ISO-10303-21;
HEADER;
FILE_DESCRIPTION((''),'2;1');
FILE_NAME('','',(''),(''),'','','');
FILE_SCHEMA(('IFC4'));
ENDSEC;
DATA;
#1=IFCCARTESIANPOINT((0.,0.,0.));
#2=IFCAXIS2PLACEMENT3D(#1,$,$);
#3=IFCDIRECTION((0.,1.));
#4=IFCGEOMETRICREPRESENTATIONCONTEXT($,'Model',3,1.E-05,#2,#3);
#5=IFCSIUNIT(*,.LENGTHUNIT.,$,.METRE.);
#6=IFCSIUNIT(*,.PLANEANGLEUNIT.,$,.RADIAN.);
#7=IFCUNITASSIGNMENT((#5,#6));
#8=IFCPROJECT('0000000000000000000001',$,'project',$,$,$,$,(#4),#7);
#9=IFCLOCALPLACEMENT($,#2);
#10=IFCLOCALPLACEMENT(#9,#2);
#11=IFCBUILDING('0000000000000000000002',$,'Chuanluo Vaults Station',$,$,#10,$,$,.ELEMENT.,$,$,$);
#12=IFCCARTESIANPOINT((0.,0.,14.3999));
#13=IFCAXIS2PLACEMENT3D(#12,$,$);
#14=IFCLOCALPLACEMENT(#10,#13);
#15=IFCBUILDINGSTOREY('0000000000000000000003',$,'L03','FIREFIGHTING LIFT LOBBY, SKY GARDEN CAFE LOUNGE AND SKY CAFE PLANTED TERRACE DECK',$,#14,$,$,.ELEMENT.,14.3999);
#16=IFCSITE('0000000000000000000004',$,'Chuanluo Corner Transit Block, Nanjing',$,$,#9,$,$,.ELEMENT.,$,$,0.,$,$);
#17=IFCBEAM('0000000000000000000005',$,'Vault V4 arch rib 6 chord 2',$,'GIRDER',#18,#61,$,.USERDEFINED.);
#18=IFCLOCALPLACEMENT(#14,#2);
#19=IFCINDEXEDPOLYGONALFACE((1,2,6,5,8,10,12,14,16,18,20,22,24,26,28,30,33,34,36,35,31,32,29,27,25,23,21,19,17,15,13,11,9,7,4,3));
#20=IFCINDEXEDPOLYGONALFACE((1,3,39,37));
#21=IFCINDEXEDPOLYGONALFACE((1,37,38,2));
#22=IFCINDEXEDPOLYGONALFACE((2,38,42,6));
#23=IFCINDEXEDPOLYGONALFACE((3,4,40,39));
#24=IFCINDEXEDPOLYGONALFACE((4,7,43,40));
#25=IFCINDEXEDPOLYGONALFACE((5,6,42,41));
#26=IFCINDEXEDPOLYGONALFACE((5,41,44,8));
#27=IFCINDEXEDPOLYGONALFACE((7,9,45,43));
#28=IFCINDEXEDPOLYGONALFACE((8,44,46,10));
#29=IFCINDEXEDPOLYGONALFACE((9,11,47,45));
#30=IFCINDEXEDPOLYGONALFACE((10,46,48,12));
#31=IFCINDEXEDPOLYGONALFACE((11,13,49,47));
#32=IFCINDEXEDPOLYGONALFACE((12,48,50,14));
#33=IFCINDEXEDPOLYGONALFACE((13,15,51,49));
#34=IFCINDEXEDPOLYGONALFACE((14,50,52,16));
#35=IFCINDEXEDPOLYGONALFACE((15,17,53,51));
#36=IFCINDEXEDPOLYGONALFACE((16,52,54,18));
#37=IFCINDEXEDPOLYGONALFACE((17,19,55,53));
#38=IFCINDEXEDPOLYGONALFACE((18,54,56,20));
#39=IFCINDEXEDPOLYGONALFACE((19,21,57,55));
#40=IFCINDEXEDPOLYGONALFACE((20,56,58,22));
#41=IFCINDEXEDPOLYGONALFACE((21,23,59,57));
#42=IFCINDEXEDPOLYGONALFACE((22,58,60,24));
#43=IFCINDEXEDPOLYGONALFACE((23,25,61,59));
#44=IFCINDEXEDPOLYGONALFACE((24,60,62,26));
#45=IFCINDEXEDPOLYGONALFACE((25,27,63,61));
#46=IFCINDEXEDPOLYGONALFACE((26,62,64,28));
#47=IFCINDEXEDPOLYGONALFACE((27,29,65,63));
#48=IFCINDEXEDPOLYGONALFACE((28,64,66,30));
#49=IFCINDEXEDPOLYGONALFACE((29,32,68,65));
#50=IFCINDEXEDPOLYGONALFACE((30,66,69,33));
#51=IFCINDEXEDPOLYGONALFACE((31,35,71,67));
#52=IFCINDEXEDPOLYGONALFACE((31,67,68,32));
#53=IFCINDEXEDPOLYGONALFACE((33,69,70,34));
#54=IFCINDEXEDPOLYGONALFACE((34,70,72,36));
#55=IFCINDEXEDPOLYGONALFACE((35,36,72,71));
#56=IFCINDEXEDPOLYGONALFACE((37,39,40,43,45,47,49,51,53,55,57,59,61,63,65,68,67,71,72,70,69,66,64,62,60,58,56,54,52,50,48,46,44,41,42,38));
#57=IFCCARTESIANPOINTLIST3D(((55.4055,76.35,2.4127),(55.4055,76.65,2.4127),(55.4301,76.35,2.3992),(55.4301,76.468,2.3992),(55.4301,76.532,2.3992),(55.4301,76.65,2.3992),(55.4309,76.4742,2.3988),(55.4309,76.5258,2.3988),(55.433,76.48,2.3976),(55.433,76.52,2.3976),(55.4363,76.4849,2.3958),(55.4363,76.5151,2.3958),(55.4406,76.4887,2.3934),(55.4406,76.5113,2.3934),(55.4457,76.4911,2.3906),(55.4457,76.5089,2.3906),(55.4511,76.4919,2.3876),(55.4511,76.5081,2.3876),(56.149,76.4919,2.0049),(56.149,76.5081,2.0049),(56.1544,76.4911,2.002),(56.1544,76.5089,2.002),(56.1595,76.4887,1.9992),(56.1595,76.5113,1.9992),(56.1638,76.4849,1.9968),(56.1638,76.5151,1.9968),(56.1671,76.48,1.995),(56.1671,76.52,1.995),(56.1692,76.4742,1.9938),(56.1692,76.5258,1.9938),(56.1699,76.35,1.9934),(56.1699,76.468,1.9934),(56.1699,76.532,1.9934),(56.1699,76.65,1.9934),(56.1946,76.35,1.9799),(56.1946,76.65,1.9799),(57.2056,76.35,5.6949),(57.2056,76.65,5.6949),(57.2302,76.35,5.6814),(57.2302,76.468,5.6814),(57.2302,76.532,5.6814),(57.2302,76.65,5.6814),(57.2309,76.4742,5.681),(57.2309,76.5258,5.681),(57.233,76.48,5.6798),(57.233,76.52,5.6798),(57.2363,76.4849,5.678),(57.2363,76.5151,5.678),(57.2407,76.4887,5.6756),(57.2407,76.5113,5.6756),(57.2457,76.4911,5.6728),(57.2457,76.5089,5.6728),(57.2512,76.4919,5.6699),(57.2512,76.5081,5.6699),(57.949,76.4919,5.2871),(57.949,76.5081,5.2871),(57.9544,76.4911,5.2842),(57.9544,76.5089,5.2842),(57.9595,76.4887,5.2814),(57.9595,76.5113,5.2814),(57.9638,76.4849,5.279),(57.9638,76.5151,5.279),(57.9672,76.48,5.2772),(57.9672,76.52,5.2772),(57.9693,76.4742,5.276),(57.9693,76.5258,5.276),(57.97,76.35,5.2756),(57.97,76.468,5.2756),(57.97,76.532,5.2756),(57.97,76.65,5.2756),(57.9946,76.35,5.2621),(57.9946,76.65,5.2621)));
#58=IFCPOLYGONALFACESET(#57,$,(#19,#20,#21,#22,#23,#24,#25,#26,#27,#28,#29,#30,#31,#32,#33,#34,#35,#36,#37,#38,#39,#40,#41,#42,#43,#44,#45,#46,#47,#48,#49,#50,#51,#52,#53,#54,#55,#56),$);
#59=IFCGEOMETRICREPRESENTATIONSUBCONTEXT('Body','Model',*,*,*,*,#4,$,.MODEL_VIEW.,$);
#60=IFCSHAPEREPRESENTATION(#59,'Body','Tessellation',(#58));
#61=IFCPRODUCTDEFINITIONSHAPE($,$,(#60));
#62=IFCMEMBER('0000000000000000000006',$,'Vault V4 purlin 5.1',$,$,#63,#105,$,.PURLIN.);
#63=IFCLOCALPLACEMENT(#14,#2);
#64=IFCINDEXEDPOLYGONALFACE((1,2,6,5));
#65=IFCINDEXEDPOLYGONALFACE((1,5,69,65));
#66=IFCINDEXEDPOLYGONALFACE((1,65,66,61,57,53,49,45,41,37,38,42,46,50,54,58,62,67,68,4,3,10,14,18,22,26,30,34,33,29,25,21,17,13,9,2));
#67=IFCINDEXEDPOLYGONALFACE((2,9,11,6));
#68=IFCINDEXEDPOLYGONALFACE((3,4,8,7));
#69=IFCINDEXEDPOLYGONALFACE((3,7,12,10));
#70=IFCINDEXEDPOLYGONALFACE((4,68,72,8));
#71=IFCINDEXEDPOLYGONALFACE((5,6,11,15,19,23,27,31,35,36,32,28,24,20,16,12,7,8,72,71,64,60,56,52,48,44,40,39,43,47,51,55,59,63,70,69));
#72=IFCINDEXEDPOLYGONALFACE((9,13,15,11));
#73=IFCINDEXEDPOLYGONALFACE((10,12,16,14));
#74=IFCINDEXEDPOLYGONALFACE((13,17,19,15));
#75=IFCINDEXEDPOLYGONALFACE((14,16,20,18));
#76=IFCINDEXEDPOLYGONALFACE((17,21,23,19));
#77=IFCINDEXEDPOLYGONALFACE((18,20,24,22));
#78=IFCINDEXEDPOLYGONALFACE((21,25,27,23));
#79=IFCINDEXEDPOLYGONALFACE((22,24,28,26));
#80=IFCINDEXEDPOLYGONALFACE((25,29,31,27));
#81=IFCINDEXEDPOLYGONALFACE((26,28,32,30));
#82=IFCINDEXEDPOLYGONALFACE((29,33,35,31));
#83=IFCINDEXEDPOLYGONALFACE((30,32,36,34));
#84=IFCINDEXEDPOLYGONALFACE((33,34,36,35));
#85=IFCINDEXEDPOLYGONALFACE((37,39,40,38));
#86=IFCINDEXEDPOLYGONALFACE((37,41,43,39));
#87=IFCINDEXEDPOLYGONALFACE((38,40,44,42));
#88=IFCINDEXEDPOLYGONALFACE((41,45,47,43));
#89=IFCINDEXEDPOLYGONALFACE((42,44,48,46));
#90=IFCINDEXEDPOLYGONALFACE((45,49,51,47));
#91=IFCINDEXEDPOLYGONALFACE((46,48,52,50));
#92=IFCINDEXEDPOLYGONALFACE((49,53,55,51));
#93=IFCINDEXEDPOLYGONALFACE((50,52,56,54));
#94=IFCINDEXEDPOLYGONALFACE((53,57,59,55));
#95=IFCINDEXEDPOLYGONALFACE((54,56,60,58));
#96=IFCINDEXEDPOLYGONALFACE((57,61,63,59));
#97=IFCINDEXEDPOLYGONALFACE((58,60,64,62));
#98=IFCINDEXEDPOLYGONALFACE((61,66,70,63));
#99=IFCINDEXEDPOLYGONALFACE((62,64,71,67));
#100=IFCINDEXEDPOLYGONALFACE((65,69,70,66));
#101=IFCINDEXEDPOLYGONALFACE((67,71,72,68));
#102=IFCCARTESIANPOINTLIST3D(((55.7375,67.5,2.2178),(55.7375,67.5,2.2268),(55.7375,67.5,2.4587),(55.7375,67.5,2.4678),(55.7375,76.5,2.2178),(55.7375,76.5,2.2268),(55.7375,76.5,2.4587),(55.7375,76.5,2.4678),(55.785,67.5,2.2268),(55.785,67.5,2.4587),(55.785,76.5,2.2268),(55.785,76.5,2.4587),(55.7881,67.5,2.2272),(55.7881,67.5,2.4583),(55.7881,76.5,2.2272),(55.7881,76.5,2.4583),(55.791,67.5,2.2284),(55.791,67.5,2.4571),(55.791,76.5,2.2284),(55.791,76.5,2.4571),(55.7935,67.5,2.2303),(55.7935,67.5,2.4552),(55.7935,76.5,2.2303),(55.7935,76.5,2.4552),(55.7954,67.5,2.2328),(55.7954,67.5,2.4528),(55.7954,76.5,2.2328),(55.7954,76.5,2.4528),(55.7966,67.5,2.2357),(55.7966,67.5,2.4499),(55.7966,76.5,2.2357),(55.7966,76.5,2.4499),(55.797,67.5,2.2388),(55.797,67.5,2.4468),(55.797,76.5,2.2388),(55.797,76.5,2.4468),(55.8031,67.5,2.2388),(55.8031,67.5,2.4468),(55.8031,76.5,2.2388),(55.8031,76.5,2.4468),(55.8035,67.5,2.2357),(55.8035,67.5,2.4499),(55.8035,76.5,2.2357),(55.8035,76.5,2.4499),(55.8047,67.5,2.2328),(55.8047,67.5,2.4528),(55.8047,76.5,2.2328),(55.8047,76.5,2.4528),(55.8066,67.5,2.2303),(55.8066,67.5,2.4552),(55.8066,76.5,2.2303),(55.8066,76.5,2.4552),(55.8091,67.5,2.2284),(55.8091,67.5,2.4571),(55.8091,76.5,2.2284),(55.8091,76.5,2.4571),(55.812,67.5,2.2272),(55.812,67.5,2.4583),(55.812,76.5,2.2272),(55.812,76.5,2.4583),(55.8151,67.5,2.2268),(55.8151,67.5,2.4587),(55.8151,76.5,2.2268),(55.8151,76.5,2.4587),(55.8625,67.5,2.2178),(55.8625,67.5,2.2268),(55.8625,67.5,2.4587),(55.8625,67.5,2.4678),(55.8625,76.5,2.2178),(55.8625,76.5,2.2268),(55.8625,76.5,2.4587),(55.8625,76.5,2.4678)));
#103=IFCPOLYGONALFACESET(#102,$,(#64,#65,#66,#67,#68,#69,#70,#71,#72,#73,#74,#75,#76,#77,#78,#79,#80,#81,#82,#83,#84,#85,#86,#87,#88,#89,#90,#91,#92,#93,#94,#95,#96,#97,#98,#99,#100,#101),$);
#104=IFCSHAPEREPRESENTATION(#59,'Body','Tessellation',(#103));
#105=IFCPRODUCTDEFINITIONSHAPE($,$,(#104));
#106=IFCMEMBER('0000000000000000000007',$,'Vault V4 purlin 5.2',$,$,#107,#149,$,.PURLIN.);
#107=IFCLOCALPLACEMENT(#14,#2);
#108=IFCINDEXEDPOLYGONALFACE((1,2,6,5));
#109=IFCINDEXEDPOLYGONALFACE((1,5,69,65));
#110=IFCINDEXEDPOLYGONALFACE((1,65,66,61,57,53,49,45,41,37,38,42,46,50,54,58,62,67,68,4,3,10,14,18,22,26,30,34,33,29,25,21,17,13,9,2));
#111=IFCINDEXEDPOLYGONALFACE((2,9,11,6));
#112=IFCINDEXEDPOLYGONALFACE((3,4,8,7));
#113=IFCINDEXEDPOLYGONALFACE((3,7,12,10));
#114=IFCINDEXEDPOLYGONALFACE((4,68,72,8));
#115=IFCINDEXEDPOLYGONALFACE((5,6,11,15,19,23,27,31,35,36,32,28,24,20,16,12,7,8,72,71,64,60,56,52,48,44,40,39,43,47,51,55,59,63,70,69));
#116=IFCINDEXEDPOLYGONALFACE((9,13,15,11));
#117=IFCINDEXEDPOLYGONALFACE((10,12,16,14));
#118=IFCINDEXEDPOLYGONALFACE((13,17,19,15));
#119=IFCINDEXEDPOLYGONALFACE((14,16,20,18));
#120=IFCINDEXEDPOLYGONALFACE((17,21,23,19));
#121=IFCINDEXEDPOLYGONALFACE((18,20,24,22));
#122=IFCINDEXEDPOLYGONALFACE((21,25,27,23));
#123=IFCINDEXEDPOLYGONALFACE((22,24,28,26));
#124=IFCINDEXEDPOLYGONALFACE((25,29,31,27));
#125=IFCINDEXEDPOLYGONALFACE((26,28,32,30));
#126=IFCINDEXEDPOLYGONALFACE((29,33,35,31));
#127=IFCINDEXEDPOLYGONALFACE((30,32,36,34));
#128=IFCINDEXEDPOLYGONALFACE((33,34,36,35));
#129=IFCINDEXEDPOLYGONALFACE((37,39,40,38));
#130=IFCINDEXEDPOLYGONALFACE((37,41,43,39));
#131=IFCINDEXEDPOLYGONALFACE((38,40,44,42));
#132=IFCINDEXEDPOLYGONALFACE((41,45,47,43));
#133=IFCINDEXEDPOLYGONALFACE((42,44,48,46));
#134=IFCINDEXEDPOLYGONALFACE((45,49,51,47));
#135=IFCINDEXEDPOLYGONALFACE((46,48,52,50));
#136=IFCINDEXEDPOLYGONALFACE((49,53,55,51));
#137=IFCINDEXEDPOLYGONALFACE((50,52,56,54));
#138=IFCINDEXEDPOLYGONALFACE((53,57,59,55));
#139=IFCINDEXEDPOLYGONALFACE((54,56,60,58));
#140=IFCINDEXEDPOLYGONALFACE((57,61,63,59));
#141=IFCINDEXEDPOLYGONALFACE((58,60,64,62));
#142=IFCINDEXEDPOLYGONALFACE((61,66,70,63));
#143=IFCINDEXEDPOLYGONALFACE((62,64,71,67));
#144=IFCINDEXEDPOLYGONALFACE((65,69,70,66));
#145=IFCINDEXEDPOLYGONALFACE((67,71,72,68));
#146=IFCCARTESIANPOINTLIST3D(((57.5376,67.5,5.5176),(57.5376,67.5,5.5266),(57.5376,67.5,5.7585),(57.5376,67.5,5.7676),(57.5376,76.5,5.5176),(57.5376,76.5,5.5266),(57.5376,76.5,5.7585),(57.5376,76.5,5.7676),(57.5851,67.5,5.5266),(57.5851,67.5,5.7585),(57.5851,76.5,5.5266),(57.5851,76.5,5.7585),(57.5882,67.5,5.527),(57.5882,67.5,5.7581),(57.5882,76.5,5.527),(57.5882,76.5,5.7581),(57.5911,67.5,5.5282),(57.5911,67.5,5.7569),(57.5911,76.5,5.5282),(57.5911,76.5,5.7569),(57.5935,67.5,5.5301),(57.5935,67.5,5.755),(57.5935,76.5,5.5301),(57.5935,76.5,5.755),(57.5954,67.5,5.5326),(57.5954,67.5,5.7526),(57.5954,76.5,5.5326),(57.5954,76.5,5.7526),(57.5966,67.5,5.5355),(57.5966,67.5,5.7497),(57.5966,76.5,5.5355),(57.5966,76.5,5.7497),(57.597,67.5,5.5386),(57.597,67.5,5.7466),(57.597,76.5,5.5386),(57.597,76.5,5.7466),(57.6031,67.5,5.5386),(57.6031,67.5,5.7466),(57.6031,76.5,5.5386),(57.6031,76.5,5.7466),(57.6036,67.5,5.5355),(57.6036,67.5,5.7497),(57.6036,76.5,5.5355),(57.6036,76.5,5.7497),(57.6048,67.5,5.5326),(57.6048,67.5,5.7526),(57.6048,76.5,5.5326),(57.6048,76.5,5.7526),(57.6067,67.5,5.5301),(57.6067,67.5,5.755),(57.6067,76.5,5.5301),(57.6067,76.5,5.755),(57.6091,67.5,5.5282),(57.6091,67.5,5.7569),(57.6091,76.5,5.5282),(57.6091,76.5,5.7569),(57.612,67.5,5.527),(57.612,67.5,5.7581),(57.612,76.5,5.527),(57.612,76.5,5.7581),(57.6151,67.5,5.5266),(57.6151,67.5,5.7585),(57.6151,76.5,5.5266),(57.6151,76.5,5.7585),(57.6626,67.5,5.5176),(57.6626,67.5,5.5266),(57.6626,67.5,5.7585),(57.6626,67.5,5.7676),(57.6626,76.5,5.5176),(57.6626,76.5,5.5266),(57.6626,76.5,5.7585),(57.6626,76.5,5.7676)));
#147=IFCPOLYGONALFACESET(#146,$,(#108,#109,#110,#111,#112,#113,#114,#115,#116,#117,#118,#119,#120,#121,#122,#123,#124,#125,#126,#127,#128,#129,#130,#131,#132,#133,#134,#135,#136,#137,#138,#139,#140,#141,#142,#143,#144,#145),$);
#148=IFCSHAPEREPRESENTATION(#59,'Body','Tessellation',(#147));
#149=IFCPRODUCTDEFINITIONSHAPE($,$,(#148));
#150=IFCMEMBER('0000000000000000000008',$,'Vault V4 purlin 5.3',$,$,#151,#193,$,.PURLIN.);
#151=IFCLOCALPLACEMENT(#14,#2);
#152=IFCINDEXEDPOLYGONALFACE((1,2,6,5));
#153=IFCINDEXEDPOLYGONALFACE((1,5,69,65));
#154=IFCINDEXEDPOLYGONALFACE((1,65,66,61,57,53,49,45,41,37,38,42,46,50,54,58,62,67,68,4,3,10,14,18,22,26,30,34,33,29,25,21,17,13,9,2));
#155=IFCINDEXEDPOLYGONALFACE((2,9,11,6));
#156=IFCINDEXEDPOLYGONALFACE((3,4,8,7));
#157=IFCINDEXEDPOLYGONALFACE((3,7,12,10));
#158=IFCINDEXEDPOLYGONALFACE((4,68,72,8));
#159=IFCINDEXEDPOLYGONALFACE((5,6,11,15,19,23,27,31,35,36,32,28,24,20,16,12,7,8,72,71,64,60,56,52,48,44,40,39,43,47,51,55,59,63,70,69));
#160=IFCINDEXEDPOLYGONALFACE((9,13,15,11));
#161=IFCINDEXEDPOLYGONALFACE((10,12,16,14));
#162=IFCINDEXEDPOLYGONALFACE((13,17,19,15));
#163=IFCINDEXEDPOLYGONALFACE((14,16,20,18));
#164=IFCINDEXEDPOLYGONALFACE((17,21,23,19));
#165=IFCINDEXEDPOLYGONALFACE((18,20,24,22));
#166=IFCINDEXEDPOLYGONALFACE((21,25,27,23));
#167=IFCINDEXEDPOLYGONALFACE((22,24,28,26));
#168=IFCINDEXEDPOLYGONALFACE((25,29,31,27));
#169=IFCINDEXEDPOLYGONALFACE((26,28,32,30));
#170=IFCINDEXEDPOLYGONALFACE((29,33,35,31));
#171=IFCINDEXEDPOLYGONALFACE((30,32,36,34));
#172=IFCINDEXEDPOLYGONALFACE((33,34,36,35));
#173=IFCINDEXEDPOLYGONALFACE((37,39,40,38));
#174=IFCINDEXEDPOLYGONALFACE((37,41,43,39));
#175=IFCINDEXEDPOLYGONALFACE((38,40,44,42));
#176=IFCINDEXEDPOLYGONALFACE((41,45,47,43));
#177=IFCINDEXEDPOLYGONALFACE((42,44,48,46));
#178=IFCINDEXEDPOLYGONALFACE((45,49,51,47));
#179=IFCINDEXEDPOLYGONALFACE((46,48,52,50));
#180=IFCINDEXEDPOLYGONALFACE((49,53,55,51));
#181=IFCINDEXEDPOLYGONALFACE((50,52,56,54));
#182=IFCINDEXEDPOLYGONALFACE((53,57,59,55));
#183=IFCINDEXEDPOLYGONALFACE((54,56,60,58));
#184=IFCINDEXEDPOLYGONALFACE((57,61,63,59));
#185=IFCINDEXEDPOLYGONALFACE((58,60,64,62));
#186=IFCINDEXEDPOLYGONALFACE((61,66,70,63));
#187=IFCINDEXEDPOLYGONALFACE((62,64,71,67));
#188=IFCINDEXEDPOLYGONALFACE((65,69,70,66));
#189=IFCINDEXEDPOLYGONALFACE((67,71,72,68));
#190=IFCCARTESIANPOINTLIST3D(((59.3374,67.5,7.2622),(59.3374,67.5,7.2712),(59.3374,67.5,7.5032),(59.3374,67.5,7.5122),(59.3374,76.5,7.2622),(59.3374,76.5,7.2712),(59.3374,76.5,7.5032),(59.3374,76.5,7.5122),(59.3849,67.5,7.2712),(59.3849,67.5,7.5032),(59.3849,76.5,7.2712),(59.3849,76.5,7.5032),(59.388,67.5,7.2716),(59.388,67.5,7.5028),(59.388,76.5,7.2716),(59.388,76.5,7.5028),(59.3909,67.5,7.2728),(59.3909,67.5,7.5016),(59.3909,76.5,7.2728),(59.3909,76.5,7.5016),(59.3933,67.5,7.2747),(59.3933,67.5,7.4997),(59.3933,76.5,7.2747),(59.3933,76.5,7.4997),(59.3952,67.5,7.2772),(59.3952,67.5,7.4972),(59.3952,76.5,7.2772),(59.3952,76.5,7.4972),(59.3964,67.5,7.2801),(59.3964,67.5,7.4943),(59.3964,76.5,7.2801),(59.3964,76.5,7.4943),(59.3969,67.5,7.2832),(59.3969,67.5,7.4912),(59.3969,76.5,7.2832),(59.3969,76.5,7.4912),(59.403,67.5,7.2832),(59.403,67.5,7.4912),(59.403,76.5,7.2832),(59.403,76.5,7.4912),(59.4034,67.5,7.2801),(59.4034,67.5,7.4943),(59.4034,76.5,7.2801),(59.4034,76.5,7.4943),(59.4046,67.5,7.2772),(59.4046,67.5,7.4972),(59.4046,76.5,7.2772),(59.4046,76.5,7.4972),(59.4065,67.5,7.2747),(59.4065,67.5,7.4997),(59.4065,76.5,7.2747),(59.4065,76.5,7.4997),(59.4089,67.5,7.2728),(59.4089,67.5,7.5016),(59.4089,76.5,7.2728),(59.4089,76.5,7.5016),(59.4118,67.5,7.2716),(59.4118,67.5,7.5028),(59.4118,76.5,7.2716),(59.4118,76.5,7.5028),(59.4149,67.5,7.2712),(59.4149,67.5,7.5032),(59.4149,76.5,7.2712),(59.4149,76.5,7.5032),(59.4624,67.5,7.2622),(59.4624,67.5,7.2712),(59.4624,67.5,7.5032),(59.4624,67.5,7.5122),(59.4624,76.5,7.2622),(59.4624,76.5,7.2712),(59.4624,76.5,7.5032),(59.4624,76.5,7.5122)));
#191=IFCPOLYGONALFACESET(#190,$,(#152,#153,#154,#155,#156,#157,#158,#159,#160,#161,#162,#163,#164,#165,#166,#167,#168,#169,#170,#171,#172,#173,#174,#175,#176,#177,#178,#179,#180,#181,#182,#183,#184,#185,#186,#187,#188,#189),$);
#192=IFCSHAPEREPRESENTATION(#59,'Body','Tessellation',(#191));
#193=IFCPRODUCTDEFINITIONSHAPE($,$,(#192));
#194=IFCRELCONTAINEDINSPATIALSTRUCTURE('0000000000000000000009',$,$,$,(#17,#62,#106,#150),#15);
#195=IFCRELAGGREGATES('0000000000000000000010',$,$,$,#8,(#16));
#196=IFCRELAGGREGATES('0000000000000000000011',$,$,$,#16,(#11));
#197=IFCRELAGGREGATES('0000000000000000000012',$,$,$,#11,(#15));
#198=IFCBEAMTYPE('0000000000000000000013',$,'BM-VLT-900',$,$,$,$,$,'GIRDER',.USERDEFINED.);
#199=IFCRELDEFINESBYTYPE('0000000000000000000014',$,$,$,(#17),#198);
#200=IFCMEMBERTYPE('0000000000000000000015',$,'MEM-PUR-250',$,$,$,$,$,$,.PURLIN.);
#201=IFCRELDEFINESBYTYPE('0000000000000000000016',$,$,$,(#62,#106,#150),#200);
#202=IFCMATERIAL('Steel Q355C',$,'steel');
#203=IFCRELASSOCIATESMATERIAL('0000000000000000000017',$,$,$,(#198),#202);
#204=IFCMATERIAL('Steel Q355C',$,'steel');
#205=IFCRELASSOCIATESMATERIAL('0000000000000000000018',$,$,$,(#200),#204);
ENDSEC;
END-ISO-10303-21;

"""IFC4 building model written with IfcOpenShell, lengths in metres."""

from ifc_helpers import new_model, si_unit, direction, frame, origin, origin_2d, place, context, subcontext, project, spatial, i_section, extrude, material, material_profile, profile_set, type_object, element, save


model = new_model("IFC4")

# Units and contexts
model_context = context("Model", 3, precision=1e-05, world=origin(), true_north=direction((0.0, 1.0)))
body_context = subcontext(model_context, "Body", "Model", "MODEL_VIEW")
ifc_project = project(units=[si_unit("LENGTHUNIT", "METRE"), si_unit("PLANEANGLEUNIT", "RADIAN")], contexts=[model_context])

# Site, building, storey
site_placement = place(None, origin())
site = spatial("IfcSite", under=ifc_project, at=site_placement, Name="Chuanluo Corner Transit Block, Nanjing", CompositionType="ELEMENT", RefElevation=0.0)
building_placement = place(site_placement, origin())
building = spatial("IfcBuilding", under=site, at=building_placement, Name="Chuanluo Vaults Station", CompositionType="ELEMENT")
storey_placement = place(building_placement, frame((0.0, 0.0, 14.3999)))
storey = spatial("IfcBuildingStorey", under=building, at=storey_placement, Name="L03", Description="FIREFIGHTING LIFT LOBBY, SKY GARDEN CAFE LOUNGE AND SKY CAFE PLANTED TERRACE DECK", CompositionType="ELEMENT", Elevation=14.3999)

# Beam
ifc_material_1 = material(Name="Steel Q355C", Category="steel")
ifc_material_profile_1 = material_profile(ifc_material_1, i_section(OverallWidth=0.3, OverallDepth=0.8999, WebThickness=0.0161, FlangeThickness=0.0281, FilletRadius=0.0239, at=origin_2d()))
ifc_profile_set_1 = profile_set([ifc_material_profile_1], Name="Steel Q355C")
beam_type_1 = type_object("IfcBeamType", Name="BM-VLT-900", ElementType="GIRDER", PredefinedType="USERDEFINED", material=ifc_profile_set_1)
beam_1_placement = place(storey_placement, frame((55.8, 76.5, 2.1963), z_axis=(0.480857, 0.0, 0.876799), x_axis=(0.0, 1.0, 0.0)))
element("IfcBeam", 1, at=beam_1_placement, inside=storey, type_object=beam_type_1, Name="Vault V4 arch rib 6 chord 2", ObjectType="GIRDER", PredefinedType="USERDEFINED", context=body_context, shape_type="SweptSolid", body=[
    extrude(i_section(OverallWidth=0.3, OverallDepth=0.8999, WebThickness=0.0161, FlangeThickness=0.0281, FilletRadius=0.0239, at=origin_2d()), origin(), (0.0, 0.0, 1.0), 3.7434),
])

# Members
ifc_material_2 = material(Name="Steel Q355C", Category="steel")
ifc_material_profile_2 = material_profile(ifc_material_2, i_section(OverallWidth=0.125, OverallDepth=0.25, WebThickness=0.0061, FlangeThickness=0.009, FilletRadius=0.012, at=origin_2d()))
ifc_profile_set_2 = profile_set([ifc_material_profile_2], Name="Steel Q355C")
member_type_1 = type_object("IfcMemberType", Name="MEM-PUR-250", PredefinedType="PURLIN", material=ifc_profile_set_2)
for number, where, z_axis, x_axis, name in (
    (2, (55.8, 67.5, 2.3428), (0.0, 1.0, 0.0), (-1.0, 0.0, 0.0), "Vault V4 purlin 5.1"),
    (3, (57.6001, 67.5, 5.6426), (0.0, 1.0, 0.0), (-1.0, 0.0, 0.0), "Vault V4 purlin 5.2"),
    (4, (59.3999, 67.5, 7.3872), (0.0, 1.0, 0.0), (-1.0, 0.0, 0.0), "Vault V4 purlin 5.3"),
):
    element("IfcMember", number, at=place(storey_placement, frame(where, z_axis=z_axis, x_axis=x_axis)), inside=storey, type_object=member_type_1, Name=name, PredefinedType="PURLIN", context=body_context, shape_type="SweptSolid", body=[
        extrude(i_section(OverallWidth=0.125, OverallDepth=0.25, WebThickness=0.0061, FlangeThickness=0.009, FilletRadius=0.012, at=origin_2d()), origin(), (0.0, 0.0, 1.0), 9.0),
    ])

save(model, "model.ifc")
